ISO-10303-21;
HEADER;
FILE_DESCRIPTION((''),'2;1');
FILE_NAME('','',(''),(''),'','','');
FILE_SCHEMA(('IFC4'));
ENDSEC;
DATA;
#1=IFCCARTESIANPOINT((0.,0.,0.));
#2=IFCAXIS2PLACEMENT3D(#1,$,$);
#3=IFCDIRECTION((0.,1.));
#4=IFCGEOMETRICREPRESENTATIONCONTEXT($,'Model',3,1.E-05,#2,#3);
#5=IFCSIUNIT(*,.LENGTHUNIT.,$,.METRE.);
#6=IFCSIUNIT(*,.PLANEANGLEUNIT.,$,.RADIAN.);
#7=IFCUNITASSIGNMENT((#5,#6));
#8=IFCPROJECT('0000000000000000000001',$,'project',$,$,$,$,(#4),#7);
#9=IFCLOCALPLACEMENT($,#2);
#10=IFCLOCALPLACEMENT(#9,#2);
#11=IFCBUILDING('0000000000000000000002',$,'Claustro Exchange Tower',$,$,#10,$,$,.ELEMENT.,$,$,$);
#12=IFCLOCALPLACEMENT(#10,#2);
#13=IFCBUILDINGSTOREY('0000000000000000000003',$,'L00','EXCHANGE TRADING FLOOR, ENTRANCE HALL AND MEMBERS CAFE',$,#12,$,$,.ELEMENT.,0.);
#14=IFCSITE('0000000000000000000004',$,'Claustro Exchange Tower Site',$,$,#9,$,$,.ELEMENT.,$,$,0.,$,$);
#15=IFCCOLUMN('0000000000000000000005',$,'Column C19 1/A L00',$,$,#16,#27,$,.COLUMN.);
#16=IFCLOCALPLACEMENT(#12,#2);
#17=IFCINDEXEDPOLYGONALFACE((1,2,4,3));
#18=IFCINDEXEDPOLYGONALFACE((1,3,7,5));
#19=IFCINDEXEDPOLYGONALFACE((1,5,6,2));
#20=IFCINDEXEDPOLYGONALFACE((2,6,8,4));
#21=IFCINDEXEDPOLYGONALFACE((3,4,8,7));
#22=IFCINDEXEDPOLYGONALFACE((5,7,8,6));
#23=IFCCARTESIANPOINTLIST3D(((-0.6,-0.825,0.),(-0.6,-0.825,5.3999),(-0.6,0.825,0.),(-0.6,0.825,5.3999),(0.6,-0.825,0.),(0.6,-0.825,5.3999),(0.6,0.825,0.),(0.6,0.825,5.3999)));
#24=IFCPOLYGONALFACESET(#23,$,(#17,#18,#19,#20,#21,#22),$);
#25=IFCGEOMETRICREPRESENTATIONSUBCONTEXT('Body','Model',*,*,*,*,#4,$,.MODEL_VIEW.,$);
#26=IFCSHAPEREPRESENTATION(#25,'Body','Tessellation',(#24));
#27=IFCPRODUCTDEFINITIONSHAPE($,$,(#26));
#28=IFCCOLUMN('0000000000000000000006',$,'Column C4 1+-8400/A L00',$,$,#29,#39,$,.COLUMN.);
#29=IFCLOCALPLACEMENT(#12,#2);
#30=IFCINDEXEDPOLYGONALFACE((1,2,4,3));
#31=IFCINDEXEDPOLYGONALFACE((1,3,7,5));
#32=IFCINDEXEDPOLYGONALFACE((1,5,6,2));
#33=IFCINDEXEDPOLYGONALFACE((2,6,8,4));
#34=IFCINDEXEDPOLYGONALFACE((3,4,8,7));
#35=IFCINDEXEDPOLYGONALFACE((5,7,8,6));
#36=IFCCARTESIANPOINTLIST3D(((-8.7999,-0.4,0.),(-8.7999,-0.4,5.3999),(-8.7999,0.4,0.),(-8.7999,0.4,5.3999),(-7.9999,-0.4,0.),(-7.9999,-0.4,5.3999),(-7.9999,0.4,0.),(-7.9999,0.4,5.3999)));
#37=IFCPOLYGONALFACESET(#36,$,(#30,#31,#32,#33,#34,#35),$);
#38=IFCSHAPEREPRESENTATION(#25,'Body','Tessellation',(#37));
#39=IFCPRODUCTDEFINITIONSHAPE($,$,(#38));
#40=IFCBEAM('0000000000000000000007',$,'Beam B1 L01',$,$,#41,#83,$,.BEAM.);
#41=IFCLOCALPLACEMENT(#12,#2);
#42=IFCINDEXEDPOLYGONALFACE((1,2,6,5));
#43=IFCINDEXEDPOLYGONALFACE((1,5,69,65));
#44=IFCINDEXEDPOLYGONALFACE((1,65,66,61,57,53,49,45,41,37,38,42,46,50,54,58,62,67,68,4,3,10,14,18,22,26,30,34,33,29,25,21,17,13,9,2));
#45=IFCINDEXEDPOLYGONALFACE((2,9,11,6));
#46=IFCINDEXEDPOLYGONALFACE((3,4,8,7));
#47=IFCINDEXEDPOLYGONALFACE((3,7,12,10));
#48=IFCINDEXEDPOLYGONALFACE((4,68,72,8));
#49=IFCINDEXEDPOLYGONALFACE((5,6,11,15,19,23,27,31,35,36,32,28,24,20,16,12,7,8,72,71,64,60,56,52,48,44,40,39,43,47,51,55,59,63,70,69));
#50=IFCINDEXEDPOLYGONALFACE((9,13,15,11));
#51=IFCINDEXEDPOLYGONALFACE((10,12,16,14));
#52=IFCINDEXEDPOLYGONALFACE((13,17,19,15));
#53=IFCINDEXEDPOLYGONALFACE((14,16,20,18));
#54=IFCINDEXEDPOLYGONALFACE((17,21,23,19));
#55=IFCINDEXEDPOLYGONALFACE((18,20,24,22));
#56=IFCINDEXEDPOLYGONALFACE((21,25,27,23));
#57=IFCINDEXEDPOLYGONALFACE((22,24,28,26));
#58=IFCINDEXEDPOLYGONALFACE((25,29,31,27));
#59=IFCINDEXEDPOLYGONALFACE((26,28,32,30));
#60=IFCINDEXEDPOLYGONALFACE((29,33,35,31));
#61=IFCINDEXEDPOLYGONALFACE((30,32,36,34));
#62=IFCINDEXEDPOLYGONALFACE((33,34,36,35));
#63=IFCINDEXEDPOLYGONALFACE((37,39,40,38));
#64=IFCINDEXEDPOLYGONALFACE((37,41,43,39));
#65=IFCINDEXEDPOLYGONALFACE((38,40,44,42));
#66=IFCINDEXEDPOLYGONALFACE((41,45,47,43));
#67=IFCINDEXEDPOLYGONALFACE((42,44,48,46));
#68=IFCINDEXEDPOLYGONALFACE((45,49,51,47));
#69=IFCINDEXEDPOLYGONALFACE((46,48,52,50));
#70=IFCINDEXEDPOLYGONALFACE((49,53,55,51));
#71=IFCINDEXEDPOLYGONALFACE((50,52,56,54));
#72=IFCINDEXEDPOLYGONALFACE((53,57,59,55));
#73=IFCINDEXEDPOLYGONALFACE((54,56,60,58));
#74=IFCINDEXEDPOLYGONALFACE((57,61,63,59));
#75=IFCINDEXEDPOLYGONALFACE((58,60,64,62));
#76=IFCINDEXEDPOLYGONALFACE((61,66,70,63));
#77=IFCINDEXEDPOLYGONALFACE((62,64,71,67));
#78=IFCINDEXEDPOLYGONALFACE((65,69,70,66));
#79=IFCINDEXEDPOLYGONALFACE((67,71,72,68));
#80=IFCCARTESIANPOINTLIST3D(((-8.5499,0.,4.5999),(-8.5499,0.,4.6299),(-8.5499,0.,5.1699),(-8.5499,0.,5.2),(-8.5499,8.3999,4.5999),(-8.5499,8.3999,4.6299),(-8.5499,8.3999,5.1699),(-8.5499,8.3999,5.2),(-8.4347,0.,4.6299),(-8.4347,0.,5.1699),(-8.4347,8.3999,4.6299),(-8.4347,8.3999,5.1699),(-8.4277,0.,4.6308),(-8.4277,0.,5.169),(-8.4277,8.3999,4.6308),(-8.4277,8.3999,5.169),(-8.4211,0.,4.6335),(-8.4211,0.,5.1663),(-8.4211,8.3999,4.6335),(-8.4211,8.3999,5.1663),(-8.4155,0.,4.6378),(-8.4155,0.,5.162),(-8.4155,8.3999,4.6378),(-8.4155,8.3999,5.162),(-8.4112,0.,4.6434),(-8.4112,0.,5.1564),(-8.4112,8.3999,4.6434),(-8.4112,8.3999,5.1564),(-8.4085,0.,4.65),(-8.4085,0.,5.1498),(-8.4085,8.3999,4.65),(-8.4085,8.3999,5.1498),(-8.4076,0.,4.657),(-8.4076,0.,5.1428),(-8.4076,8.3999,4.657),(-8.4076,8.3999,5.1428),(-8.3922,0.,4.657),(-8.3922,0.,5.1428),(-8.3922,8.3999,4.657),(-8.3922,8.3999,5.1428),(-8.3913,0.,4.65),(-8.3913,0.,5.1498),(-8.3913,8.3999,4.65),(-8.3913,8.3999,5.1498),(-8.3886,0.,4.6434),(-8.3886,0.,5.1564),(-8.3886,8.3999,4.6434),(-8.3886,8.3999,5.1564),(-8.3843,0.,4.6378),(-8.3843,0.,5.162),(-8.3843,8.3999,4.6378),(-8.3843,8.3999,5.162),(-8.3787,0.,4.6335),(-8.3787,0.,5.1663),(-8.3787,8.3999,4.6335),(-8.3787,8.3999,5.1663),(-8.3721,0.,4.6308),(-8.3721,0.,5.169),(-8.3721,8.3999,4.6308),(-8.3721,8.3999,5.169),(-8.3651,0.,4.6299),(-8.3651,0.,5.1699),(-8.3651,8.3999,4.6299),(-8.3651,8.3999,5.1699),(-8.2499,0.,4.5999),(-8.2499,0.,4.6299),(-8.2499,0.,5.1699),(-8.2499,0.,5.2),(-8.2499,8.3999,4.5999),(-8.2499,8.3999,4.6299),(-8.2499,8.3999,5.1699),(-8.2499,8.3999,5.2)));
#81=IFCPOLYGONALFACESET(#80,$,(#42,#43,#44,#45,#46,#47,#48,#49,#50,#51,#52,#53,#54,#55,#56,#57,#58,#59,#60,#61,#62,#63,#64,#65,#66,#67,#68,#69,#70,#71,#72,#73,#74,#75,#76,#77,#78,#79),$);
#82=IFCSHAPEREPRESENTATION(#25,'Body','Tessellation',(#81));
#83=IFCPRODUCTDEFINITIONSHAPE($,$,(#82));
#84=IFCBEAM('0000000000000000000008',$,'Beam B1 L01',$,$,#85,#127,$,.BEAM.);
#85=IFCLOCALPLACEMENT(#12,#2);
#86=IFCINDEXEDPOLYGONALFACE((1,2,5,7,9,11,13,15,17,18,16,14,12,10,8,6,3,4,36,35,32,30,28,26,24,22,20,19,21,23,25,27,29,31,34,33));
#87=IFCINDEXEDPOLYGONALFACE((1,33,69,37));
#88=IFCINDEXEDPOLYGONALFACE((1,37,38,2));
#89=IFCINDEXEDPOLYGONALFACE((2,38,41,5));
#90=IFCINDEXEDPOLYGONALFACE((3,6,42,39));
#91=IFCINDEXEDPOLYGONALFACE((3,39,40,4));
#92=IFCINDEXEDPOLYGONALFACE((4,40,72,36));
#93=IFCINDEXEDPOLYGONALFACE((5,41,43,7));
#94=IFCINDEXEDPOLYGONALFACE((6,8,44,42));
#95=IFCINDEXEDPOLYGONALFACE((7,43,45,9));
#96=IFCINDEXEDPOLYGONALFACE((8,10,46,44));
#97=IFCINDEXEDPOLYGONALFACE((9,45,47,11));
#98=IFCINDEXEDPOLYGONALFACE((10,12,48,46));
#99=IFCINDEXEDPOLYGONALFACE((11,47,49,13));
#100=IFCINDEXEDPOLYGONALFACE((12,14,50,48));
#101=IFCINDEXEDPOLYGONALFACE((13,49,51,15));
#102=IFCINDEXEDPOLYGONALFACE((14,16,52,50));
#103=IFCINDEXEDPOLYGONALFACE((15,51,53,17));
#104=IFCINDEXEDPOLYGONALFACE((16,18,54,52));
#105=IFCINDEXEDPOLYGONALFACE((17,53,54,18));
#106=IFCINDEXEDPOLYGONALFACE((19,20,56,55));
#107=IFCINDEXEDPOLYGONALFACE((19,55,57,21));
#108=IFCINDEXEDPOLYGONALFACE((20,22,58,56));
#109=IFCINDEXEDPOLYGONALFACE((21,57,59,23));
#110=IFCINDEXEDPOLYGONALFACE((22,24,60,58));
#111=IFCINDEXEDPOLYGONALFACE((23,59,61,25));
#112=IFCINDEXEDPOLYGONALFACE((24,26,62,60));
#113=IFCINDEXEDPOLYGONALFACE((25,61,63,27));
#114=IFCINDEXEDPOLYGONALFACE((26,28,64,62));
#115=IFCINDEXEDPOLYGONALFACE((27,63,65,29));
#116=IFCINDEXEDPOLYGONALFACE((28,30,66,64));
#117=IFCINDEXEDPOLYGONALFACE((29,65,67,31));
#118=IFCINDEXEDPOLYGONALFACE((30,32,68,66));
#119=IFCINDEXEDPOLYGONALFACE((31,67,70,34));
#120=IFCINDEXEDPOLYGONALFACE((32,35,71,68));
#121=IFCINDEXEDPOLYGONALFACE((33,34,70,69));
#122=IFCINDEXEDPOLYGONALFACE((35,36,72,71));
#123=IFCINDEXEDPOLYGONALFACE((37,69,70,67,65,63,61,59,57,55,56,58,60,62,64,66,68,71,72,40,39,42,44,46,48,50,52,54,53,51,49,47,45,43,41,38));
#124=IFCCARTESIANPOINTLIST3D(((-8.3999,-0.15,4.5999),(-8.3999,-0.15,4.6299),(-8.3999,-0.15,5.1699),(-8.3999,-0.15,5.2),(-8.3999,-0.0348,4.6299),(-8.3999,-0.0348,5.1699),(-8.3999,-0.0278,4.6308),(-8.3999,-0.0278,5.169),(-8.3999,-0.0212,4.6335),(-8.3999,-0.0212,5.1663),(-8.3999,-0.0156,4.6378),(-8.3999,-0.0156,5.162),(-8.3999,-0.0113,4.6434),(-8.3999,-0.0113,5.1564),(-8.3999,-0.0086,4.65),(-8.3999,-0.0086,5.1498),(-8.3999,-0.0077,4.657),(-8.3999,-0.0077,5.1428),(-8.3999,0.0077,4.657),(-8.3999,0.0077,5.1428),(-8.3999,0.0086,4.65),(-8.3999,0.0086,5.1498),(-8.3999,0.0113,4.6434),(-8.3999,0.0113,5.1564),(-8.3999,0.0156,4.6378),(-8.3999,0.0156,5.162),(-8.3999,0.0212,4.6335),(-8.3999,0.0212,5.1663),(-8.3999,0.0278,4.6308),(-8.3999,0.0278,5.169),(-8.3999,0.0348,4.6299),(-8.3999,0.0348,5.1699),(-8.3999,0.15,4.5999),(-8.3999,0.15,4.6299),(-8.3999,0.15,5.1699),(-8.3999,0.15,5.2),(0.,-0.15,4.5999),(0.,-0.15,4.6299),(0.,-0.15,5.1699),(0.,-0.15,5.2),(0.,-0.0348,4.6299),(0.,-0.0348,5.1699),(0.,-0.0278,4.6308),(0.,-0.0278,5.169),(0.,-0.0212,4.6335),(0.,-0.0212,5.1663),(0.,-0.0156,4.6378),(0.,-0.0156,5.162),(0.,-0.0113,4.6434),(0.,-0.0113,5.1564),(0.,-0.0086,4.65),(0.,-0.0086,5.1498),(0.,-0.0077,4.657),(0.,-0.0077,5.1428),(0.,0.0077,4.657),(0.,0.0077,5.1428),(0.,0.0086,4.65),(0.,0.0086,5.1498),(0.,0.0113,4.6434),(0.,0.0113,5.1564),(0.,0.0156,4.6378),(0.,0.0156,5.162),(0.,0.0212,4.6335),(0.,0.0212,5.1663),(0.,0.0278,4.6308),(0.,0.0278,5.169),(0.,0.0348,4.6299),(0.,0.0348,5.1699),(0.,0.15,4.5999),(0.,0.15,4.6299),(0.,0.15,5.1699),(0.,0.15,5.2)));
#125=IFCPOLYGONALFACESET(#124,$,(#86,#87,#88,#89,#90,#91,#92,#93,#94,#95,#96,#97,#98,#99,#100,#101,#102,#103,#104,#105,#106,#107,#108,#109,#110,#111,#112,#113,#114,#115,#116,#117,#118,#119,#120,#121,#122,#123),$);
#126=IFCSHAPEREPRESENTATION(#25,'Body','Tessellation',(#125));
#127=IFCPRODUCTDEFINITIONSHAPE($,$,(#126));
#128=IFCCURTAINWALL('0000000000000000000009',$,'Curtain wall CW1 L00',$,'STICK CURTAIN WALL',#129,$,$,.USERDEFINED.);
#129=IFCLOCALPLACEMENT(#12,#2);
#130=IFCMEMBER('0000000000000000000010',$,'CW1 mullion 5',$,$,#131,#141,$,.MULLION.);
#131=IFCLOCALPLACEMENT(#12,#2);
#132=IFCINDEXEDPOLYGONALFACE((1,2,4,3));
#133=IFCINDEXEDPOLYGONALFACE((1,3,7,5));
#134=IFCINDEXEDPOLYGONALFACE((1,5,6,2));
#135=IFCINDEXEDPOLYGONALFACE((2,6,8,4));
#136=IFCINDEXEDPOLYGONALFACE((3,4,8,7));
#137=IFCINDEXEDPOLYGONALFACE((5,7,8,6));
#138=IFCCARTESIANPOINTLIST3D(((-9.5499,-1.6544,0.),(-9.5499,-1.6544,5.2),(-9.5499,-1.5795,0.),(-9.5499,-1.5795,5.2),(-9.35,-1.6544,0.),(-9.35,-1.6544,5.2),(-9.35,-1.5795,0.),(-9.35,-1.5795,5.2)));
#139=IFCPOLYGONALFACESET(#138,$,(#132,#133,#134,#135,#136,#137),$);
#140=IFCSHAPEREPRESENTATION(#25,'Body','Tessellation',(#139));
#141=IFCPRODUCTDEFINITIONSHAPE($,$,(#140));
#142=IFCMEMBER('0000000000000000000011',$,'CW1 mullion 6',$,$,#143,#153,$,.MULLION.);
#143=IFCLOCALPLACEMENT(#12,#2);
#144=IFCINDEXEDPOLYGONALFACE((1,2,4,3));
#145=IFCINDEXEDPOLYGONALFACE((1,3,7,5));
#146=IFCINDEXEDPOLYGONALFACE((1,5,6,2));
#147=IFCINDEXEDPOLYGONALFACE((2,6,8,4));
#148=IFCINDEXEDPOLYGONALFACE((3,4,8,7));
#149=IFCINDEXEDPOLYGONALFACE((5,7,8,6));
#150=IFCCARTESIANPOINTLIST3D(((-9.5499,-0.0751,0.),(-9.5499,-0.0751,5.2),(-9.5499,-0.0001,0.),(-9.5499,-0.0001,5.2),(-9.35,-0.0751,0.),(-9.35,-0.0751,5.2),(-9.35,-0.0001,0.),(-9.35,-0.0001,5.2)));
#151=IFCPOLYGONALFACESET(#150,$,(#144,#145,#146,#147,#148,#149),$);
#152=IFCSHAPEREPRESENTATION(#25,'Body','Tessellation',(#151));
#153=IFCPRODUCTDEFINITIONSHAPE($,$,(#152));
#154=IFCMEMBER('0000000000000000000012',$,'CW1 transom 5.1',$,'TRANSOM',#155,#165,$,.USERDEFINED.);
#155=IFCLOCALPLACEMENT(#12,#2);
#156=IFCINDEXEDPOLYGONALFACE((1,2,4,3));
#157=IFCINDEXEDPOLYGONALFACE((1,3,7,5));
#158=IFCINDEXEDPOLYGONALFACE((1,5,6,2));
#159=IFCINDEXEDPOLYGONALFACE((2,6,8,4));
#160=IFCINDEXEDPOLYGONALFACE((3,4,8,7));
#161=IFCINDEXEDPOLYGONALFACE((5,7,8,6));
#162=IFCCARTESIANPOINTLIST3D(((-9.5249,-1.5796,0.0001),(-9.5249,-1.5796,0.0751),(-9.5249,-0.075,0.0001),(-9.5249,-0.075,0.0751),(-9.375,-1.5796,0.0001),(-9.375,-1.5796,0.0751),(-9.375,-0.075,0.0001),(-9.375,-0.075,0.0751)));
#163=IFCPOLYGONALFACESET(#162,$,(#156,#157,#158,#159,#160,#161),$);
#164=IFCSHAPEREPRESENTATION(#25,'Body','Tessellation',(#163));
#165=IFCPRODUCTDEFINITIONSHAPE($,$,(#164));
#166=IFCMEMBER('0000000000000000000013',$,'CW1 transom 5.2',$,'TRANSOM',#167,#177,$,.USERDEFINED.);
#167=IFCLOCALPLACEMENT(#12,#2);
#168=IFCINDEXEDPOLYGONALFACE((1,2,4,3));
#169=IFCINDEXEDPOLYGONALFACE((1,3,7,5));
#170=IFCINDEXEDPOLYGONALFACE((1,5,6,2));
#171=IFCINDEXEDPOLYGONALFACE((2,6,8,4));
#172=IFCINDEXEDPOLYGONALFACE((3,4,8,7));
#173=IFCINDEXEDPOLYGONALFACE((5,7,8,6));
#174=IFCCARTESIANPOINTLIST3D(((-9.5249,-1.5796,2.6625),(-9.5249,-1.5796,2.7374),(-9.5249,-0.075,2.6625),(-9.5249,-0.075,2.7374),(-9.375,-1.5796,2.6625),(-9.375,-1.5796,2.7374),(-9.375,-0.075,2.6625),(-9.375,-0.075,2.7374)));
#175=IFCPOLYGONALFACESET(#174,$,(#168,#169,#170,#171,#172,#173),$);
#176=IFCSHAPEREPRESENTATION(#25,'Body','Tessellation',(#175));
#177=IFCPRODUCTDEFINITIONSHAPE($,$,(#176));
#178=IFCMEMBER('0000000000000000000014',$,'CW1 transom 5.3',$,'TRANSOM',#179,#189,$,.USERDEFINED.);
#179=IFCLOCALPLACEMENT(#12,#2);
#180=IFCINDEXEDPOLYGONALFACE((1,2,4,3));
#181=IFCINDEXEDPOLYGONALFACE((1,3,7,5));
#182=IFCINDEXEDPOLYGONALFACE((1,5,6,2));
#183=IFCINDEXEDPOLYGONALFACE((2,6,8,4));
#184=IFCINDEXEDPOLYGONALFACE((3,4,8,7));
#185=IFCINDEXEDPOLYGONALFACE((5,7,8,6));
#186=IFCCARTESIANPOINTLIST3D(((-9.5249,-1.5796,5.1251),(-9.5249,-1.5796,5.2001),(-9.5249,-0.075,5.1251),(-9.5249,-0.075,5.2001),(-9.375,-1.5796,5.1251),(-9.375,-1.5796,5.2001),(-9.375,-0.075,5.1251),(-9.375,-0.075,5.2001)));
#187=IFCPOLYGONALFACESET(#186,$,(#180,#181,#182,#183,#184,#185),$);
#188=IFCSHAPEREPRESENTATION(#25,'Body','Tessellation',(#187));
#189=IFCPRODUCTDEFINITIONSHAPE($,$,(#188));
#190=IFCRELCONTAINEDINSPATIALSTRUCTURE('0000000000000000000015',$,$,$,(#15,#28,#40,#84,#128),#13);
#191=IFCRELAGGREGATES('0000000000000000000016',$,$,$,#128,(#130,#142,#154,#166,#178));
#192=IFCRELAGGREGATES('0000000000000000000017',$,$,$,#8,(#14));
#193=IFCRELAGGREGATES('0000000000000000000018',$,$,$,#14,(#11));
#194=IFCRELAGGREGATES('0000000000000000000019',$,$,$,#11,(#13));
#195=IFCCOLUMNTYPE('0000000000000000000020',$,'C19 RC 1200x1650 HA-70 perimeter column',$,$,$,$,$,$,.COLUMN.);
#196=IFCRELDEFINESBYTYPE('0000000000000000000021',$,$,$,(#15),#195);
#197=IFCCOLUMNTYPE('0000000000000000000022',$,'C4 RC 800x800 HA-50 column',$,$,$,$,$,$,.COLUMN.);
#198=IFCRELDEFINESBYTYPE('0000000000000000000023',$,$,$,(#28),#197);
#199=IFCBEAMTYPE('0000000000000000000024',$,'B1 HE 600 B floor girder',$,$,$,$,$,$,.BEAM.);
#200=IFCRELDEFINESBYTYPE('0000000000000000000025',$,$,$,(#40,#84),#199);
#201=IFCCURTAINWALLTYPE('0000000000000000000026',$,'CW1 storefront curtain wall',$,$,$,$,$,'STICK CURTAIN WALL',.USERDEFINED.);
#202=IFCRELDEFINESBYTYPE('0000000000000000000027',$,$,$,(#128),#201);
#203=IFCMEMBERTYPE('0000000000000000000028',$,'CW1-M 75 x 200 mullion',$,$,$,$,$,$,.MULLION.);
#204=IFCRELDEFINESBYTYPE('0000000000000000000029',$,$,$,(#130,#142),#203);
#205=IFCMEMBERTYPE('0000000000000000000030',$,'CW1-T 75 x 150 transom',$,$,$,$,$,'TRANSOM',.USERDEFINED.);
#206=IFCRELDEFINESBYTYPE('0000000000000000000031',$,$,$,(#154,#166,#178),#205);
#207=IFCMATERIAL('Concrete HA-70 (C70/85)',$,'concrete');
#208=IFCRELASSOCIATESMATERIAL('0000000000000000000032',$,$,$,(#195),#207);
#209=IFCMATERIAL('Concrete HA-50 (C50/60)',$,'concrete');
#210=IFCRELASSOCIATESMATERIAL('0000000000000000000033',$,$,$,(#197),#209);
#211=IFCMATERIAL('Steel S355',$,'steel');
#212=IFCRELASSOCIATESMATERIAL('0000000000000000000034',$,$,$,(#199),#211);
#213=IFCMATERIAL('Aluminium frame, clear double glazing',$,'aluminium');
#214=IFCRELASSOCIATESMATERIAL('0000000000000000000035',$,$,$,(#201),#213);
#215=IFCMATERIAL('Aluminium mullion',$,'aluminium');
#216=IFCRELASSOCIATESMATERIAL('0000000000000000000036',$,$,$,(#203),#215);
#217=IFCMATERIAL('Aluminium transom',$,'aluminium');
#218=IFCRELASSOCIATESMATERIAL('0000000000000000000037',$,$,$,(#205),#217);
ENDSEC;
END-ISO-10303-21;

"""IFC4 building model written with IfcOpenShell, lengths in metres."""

from ifc_helpers import new_model, si_unit, direction, frame, origin, origin_with_axes, origin_2d, place, context, subcontext, project, spatial, rectangle, i_section, extrude, material, material_profile, profile_set, type_object, element, aggregate, save


model = new_model("IFC4")

# Units and contexts
model_context = context("Model", 3, precision=1e-05, world=origin(), true_north=direction((0.0, 1.0)))
body_context = subcontext(model_context, "Body", "Model", "MODEL_VIEW")
ifc_project = project(units=[si_unit("LENGTHUNIT", "METRE"), si_unit("PLANEANGLEUNIT", "RADIAN")], contexts=[model_context])

# Site, building, storey
site_placement = place(None, origin())
site = spatial("IfcSite", under=ifc_project, at=site_placement, Name="Claustro Exchange Tower Site", CompositionType="ELEMENT", RefElevation=0.0)
building_placement = place(site_placement, origin())
building = spatial("IfcBuilding", under=site, at=building_placement, Name="Claustro Exchange Tower", CompositionType="ELEMENT")
storey_placement = place(building_placement, origin())
storey = spatial("IfcBuildingStorey", under=building, at=storey_placement, Name="L00", Description="EXCHANGE TRADING FLOOR, ENTRANCE HALL AND MEMBERS CAFE", CompositionType="ELEMENT", Elevation=0.0)

# Columns
ifc_material_1 = material(Name="Concrete HA-70 (C70/85)", Category="concrete")
ifc_material_profile_1 = material_profile(ifc_material_1, rectangle(XDim=1.2, YDim=1.6499, at=origin_2d()), Name="RC 1200x1650")
ifc_profile_set_1 = profile_set([ifc_material_profile_1], Name="Concrete HA-70 (C70/85)")
column_type_1 = type_object("IfcColumnType", Name="C19 RC 1200x1650 HA-70 perimeter column", PredefinedType="COLUMN", material=ifc_profile_set_1)
column_1_placement = place(storey_placement, origin_with_axes())
element("IfcColumn", 1, at=column_1_placement, inside=storey, type_object=column_type_1, Name="Column C19 1/A L00", PredefinedType="COLUMN", context=body_context, shape_type="SweptSolid", body=[
    extrude(rectangle(XDim=1.2, YDim=1.6499, at=origin_2d()), origin(), (0.0, 0.0, 1.0), 5.3999),
])
ifc_material_2 = material(Name="Concrete HA-50 (C50/60)", Category="concrete")
ifc_material_profile_2 = material_profile(ifc_material_2, rectangle(XDim=0.8, YDim=0.8, at=origin_2d()), Name="RC 800x800")
ifc_profile_set_2 = profile_set([ifc_material_profile_2], Name="Concrete HA-50 (C50/60)")
column_type_2 = type_object("IfcColumnType", Name="C4 RC 800x800 HA-50 column", PredefinedType="COLUMN", material=ifc_profile_set_2)
column_2_placement = place(storey_placement, frame((-8.3999, 0.0, 0.0), z_axis=(0.0, 0.0, 1.0), x_axis=(1.0, 0.0, 0.0)))
element("IfcColumn", 2, at=column_2_placement, inside=storey, type_object=column_type_2, Name="Column C4 1+-8400/A L00", PredefinedType="COLUMN", context=body_context, shape_type="SweptSolid", body=[
    extrude(rectangle(XDim=0.8, YDim=0.8, at=origin_2d()), origin(), (0.0, 0.0, 1.0), 5.3999),
])

# Beams
ifc_material_3 = material(Name="Steel S355", Category="steel")
ifc_material_profile_3 = material_profile(ifc_material_3, i_section(OverallWidth=0.3, OverallDepth=0.6001, WebThickness=0.0154, FlangeThickness=0.03, FilletRadius=0.0271, at=origin_2d()), Name="HE 600 B")
ifc_profile_set_3 = profile_set([ifc_material_profile_3], Name="Steel S355")
beam_type = type_object("IfcBeamType", Name="B1 HE 600 B floor girder", PredefinedType="BEAM", material=ifc_profile_set_3)
for number, where, z_axis, x_axis, name in (
    (3, (-8.3999, 0.0, 4.8999), (0.0, 1.0, 0.0), (-1.0, 0.0, 0.0), "Beam B1 L01"),
    (4, (-8.3999, 0.0, 4.8999), (1.0, 0.0, 0.0), (0.0, 1.0, 0.0), "Beam B1 L01"),
):
    element("IfcBeam", number, at=place(storey_placement, frame(where, z_axis=z_axis, x_axis=x_axis)), inside=storey, type_object=beam_type, Name=name, PredefinedType="BEAM", context=body_context, shape_type="SweptSolid", body=[
        extrude(i_section(OverallWidth=0.3, OverallDepth=0.6001, WebThickness=0.0154, FlangeThickness=0.03, FilletRadius=0.0271, at=origin_2d()), origin(), (0.0, 0.0, 1.0), 8.3999),
    ])

# Curtain wall, members
ifc_material_4 = material(Name="Aluminium frame, clear double glazing", Category="aluminium")
curtain_wall_type = type_object("IfcCurtainWallType", Name="CW1 storefront curtain wall", ElementType="STICK CURTAIN WALL", PredefinedType="USERDEFINED", material=ifc_material_4)
curtain_wall_placement = place(storey_placement, origin())
curtain_wall = element("IfcCurtainWall", 5, at=curtain_wall_placement, inside=storey, type_object=curtain_wall_type, Name="Curtain wall CW1 L00", ObjectType="STICK CURTAIN WALL", PredefinedType="USERDEFINED")
ifc_material_5 = material(Name="Aluminium mullion", Category="aluminium")
ifc_material_profile_4 = material_profile(ifc_material_5, rectangle(XDim=0.2, YDim=0.075, at=origin_2d()), Name="CW1-M 75x200")
ifc_profile_set_4 = profile_set([ifc_material_profile_4], Name="Aluminium mullion")
member_type_1 = type_object("IfcMemberType", Name="CW1-M 75 x 200 mullion", PredefinedType="MULLION", material=ifc_profile_set_4)
member_1_placement = place(storey_placement, frame((-9.45, -1.6169, 0.0), z_axis=(0.0, 0.0, 1.0), x_axis=(-1.0, 0.0, 0.0)))
member_1 = element("IfcMember", 6, at=member_1_placement, type_object=member_type_1, Name="CW1 mullion 5", PredefinedType="MULLION", context=body_context, shape_type="SweptSolid", body=[
    extrude(rectangle(XDim=0.2, YDim=0.075, at=origin_2d()), origin(), (0.0, 0.0, 1.0), 5.2),
])
member_2_placement = place(storey_placement, frame((-9.45, -0.0376, 0.0), z_axis=(0.0, 0.0, 1.0), x_axis=(-1.0, 0.0, 0.0)))
member_2 = element("IfcMember", 7, at=member_2_placement, type_object=member_type_1, Name="CW1 mullion 6", PredefinedType="MULLION", context=body_context, shape_type="SweptSolid", body=[
    extrude(rectangle(XDim=0.2, YDim=0.075, at=origin_2d()), origin(), (0.0, 0.0, 1.0), 5.2),
])
ifc_material_6 = material(Name="Aluminium transom", Category="aluminium")
ifc_material_profile_5 = material_profile(ifc_material_6, rectangle(XDim=0.1499, YDim=0.075, at=origin_2d()), Name="CW1-T 75x150")
ifc_profile_set_5 = profile_set([ifc_material_profile_5], Name="Aluminium transom")
member_type_2 = type_object("IfcMemberType", Name="CW1-T 75 x 150 transom", ElementType="TRANSOM", PredefinedType="USERDEFINED", material=ifc_profile_set_5)
member_3_placement = place(storey_placement, frame((-9.45, -1.5796, 0.0376), z_axis=(0.0, 1.0, 0.0), x_axis=(-1.0, 0.0, 0.0)))
member_3 = element("IfcMember", 8, at=member_3_placement, type_object=member_type_2, Name="CW1 transom 5.1", ObjectType="TRANSOM", PredefinedType="USERDEFINED", context=body_context, shape_type="SweptSolid", body=[
    extrude(rectangle(XDim=0.1499, YDim=0.075, at=origin_2d()), origin(), (0.0, 0.0, 1.0), 1.5046),
])
member_4_placement = place(storey_placement, frame((-9.45, -1.5796, 2.7), z_axis=(0.0, 1.0, 0.0), x_axis=(-1.0, 0.0, 0.0)))
member_4 = element("IfcMember", 9, at=member_4_placement, type_object=member_type_2, Name="CW1 transom 5.2", ObjectType="TRANSOM", PredefinedType="USERDEFINED", context=body_context, shape_type="SweptSolid", body=[
    extrude(rectangle(XDim=0.1499, YDim=0.075, at=origin_2d()), origin(), (0.0, 0.0, 1.0), 1.5046),
])
member_5_placement = place(storey_placement, frame((-9.45, -1.5796, 5.1626), z_axis=(0.0, 1.0, 0.0), x_axis=(-1.0, 0.0, 0.0)))
member_5 = element("IfcMember", 10, at=member_5_placement, type_object=member_type_2, Name="CW1 transom 5.3", ObjectType="TRANSOM", PredefinedType="USERDEFINED", context=body_context, shape_type="SweptSolid", body=[
    extrude(rectangle(XDim=0.1499, YDim=0.075, at=origin_2d()), origin(), (0.0, 0.0, 1.0), 1.5046),
])
aggregate(curtain_wall, [member_1, member_2, member_3, member_4, member_5])

save(model, "model.ifc")
